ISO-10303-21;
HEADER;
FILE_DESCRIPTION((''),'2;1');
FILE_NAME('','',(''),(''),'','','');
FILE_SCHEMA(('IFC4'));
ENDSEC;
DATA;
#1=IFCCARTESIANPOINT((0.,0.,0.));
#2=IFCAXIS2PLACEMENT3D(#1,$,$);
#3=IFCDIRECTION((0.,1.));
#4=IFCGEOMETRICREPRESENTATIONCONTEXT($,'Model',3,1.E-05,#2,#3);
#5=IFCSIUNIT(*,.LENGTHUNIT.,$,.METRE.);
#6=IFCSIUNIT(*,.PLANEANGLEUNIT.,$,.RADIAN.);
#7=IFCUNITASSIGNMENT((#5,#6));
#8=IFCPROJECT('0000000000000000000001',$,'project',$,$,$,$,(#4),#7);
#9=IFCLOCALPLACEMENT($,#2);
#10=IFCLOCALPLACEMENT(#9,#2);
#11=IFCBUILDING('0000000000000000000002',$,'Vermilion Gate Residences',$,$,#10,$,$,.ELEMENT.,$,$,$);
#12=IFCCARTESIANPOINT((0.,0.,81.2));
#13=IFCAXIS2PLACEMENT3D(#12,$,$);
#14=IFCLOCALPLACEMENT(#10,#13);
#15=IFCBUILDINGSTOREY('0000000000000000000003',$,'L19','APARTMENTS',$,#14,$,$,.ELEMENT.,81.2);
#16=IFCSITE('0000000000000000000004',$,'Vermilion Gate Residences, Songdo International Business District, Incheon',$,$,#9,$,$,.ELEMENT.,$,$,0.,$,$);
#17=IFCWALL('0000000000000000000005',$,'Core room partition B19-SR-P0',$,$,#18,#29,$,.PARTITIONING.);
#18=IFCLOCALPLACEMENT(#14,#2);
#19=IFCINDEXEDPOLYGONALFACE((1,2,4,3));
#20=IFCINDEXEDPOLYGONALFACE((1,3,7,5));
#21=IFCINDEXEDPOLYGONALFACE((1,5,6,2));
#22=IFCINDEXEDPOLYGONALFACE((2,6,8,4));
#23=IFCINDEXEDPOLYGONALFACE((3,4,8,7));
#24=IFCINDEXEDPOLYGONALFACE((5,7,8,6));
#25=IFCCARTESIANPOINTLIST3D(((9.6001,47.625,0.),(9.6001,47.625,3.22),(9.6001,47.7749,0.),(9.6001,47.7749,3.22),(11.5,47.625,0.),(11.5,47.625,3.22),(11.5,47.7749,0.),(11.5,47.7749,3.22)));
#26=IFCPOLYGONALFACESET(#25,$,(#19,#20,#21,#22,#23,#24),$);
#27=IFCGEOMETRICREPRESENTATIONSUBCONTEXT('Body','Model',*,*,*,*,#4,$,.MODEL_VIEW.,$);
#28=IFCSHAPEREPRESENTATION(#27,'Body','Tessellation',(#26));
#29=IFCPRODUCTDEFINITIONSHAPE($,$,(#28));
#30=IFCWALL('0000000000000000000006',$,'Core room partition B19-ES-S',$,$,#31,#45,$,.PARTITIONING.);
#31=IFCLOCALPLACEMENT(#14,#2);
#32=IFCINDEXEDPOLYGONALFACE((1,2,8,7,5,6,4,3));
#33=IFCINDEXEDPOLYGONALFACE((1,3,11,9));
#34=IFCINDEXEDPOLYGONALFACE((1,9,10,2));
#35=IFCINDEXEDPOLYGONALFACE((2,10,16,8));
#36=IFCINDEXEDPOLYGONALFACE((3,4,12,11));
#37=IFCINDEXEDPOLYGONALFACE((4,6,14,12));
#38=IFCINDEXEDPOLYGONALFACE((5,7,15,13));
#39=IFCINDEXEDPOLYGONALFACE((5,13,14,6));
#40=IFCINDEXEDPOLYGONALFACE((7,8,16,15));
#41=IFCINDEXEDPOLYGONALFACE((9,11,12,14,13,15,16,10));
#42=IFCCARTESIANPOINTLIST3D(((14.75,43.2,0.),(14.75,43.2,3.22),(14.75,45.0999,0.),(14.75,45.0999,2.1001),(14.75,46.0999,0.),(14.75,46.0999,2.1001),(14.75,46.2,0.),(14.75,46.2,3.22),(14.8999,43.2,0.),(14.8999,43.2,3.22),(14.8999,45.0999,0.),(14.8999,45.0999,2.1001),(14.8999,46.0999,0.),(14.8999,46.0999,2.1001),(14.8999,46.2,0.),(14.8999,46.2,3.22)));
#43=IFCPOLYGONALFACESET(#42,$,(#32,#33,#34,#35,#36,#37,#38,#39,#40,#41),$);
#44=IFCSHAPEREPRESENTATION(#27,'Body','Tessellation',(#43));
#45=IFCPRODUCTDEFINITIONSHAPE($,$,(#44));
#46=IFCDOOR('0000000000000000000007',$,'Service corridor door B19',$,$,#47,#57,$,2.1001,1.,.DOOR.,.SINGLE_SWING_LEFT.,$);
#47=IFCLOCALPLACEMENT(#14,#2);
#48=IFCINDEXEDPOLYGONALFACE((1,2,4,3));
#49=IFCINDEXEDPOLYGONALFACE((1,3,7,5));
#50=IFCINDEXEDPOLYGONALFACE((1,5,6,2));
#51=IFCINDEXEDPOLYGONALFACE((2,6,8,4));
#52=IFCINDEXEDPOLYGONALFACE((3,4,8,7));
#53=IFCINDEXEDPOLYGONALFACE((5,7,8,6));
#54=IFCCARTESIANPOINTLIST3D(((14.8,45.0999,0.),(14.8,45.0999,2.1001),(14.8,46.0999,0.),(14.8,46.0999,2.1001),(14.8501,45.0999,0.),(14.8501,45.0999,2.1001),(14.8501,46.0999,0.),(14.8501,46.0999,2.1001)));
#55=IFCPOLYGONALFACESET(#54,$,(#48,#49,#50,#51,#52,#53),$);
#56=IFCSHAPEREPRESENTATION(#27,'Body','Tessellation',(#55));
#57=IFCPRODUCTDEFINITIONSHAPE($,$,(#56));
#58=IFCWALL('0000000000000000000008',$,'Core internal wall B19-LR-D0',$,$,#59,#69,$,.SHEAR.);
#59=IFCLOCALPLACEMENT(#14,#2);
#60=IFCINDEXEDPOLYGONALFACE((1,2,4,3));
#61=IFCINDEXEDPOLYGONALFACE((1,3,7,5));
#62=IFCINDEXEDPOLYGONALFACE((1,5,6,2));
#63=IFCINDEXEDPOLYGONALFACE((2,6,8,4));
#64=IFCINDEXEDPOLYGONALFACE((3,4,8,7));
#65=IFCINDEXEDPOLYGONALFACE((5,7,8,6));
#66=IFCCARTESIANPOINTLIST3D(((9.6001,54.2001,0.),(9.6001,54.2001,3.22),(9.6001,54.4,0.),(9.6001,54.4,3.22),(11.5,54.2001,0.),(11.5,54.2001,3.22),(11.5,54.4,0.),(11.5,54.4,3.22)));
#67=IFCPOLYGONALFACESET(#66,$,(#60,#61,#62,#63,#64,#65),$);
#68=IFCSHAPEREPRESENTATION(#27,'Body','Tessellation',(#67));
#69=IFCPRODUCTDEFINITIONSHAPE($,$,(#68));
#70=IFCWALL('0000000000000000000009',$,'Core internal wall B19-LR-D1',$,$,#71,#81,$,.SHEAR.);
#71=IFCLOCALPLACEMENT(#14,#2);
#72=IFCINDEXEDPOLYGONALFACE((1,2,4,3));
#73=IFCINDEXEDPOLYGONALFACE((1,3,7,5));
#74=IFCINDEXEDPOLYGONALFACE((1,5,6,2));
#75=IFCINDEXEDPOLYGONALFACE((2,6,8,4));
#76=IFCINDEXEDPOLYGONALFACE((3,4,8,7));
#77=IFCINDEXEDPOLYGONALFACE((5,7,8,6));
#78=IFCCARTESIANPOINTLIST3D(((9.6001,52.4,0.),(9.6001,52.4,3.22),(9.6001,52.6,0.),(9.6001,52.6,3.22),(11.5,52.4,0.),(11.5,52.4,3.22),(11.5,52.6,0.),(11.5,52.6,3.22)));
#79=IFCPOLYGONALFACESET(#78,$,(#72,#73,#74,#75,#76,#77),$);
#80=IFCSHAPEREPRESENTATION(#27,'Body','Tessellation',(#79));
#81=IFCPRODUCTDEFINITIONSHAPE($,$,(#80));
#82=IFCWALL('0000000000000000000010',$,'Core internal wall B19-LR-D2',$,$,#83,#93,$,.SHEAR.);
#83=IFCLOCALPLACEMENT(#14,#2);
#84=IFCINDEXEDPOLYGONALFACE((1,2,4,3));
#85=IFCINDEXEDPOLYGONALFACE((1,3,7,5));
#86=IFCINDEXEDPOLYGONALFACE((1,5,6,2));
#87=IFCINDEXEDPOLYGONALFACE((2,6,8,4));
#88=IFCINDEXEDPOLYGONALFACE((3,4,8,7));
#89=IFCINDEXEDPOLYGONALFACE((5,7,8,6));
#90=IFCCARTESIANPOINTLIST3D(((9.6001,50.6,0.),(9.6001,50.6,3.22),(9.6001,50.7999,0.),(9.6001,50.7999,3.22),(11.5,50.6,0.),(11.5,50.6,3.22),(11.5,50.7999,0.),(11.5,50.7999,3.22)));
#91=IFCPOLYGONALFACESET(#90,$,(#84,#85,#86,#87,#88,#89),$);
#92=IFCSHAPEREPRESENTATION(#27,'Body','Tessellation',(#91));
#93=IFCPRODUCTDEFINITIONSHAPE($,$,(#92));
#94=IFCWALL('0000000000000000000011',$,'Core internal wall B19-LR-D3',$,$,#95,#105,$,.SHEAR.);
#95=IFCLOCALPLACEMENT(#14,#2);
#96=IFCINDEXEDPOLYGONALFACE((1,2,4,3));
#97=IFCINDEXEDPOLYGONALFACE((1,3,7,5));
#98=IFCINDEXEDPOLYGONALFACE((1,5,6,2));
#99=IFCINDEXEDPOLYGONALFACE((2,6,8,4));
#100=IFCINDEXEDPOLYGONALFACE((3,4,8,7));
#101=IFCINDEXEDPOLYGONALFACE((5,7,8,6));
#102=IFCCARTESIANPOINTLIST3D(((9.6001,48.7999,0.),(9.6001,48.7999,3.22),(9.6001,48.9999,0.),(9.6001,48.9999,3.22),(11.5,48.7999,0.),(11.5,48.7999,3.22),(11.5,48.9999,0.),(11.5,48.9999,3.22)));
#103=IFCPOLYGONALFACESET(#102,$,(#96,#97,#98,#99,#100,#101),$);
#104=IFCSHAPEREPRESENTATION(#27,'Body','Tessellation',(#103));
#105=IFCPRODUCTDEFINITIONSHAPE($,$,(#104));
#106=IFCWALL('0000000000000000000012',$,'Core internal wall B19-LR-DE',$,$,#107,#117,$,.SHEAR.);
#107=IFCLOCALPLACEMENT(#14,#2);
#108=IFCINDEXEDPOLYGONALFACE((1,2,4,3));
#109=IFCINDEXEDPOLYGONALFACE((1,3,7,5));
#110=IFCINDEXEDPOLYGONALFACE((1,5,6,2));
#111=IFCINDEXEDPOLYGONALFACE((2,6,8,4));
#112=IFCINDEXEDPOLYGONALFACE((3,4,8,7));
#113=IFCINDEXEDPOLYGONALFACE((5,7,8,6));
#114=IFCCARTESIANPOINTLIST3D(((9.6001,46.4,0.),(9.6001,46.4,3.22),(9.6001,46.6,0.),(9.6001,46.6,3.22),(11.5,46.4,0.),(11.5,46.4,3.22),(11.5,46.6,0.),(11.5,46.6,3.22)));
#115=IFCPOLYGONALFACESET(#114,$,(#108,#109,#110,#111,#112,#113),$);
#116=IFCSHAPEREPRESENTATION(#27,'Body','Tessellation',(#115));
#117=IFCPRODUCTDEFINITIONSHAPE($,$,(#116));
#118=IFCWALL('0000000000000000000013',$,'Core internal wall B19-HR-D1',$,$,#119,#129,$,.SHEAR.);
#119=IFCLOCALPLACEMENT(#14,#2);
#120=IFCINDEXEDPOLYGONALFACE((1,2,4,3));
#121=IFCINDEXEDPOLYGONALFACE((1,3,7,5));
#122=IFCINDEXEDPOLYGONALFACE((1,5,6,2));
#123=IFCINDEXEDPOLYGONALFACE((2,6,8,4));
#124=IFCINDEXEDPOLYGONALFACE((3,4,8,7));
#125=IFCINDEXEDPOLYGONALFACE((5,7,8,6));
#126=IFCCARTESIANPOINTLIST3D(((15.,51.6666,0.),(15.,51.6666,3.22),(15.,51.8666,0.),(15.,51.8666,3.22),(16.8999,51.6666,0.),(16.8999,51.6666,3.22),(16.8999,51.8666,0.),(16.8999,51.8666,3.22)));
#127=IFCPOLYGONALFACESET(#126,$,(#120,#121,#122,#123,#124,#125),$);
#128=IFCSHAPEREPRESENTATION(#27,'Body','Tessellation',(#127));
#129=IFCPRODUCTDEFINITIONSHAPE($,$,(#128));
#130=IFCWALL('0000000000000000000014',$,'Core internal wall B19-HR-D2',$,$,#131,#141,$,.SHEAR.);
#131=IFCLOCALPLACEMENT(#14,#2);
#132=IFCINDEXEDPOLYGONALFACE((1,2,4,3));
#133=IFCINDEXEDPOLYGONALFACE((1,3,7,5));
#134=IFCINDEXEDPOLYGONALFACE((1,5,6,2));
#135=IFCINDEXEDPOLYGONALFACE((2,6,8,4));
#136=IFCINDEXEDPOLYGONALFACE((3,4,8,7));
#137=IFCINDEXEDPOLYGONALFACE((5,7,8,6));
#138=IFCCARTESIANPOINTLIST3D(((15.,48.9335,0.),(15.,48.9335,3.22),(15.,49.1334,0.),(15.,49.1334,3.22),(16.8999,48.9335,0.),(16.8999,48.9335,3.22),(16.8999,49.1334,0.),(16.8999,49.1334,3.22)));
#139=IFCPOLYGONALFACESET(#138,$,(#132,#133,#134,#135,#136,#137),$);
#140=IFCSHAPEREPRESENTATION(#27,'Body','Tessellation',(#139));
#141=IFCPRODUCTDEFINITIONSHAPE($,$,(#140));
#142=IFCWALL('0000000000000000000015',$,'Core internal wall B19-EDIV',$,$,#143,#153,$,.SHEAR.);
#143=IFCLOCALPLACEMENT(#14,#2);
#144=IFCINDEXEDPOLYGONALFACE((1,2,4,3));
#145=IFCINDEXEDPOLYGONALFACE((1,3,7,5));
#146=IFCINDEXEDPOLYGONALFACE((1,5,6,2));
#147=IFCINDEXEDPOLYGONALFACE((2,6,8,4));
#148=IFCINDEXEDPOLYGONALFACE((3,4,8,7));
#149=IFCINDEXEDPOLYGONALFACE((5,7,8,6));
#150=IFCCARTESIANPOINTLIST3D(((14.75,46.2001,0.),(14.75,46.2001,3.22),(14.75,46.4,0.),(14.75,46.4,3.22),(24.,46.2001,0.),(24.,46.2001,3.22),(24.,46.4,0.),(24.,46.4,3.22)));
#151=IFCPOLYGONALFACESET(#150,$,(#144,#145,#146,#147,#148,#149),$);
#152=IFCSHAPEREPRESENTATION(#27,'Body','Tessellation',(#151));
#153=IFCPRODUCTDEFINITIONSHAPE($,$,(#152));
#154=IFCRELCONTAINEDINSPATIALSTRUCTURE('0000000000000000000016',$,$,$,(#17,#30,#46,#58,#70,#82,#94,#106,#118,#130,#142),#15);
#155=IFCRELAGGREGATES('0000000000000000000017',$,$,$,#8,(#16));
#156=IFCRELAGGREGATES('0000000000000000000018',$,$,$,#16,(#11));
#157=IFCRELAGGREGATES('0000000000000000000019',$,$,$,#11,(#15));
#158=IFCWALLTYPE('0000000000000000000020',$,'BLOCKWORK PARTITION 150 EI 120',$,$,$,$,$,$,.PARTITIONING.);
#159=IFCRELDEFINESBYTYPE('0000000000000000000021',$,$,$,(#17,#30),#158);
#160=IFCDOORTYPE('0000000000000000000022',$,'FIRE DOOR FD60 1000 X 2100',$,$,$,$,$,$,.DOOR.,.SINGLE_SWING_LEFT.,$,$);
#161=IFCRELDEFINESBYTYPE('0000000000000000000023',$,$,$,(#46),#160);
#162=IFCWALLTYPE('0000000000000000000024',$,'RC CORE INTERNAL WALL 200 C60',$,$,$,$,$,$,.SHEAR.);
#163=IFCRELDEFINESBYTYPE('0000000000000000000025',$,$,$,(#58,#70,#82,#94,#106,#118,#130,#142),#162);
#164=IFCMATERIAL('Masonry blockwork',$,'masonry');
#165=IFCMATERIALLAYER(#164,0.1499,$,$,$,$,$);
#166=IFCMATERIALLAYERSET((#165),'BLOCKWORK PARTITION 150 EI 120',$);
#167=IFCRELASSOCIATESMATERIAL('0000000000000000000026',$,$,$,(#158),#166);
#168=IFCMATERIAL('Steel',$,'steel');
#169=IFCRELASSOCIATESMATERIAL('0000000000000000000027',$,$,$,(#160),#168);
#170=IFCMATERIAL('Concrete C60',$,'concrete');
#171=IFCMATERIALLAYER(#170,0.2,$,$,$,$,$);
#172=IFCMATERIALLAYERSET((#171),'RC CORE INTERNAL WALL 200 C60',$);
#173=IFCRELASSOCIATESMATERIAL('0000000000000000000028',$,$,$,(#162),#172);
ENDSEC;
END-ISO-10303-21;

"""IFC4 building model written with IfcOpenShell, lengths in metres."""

from ifc_helpers import new_model, si_unit, direction, frame, frame_2d, origin, place, context, subcontext, project, spatial, rectangle, extrude, material, layer, layer_set, type_object, element, fill, save


model = new_model("IFC4")

# Units and contexts
model_context = context("Model", 3, precision=1e-05, world=origin(), true_north=direction((0.0, 1.0)))
body_context = subcontext(model_context, "Body", "Model", "MODEL_VIEW")
ifc_project = project(units=[si_unit("LENGTHUNIT", "METRE"), si_unit("PLANEANGLEUNIT", "RADIAN")], contexts=[model_context])

# Site, building, storey
site_placement = place(None, origin())
site = spatial("IfcSite", under=ifc_project, at=site_placement, Name="Vermilion Gate Residences, Songdo International Business District, Incheon", CompositionType="ELEMENT", RefElevation=0.0)
building_placement = place(site_placement, origin())
building = spatial("IfcBuilding", under=site, at=building_placement, Name="Vermilion Gate Residences", CompositionType="ELEMENT")
storey_placement = place(building_placement, frame((0.0, 0.0, 81.2)))
storey = spatial("IfcBuildingStorey", under=building, at=storey_placement, Name="L19", Description="APARTMENTS", CompositionType="ELEMENT", Elevation=81.2)

# Wall
ifc_material_1 = material(Name="Masonry blockwork", Category="masonry")
ifc_layer_1 = layer(ifc_material_1, 0.1499)
ifc_layer_set_1 = layer_set([ifc_layer_1], Name="BLOCKWORK PARTITION 150 EI 120")
wall_type_1 = type_object("IfcWallType", Name="BLOCKWORK PARTITION 150 EI 120", PredefinedType="PARTITIONING", material=ifc_layer_set_1)
wall_1_placement = place(storey_placement, frame((9.6001, 47.7, 0.0), z_axis=(0.0, 0.0, 1.0), x_axis=(1.0, 0.0, 0.0)))
element("IfcWall", 1, at=wall_1_placement, inside=storey, type_object=wall_type_1, Name="Core room partition B19-SR-P0", PredefinedType="PARTITIONING", context=body_context, shape_type="SweptSolid", body=[
    extrude(rectangle(XDim=1.8999, YDim=0.1499, at=frame_2d((0.95, 0.0))), origin(), (0.0, 0.0, 1.0), 3.22),
])

# Wall, opening, door
wall_2_placement = place(storey_placement, frame((14.825, 46.2, 0.0), z_axis=(0.0, 0.0, 1.0), x_axis=(0.0, -1.0, 0.0)))
wall_2 = element("IfcWall", 2, at=wall_2_placement, inside=storey, type_object=wall_type_1, Name="Core room partition B19-ES-S", PredefinedType="PARTITIONING", context=body_context, shape_type="SweptSolid", body=[
    extrude(rectangle(XDim=3.0, YDim=0.1499, at=frame_2d((1.5, 0.0))), origin(), (0.0, 0.0, 1.0), 3.22),
])
opening_placement = place(wall_2_placement, frame((0.1001, 0.0, 0.0)))
opening = element("IfcOpeningElement", 3, at=opening_placement, cuts=wall_2, PredefinedType="OPENING", context=body_context, shape_type="SweptSolid", body=[
    extrude(rectangle(XDim=1.0, YDim=2.1001, at=frame_2d((0.5, 1.05))), frame((0.0, 0.085, 0.0), z_axis=(0.0, -1.0, 0.0), x_axis=(1.0, 0.0, 0.0)), (0.0, 0.0, 1.0), 0.1699),
])
ifc_material_2 = material(Name="Steel", Category="steel")
door_type = type_object("IfcDoorType", Name="FIRE DOOR FD60 1000 X 2100", OperationType="SINGLE_SWING_LEFT", PredefinedType="DOOR", material=ifc_material_2)
door_placement = place(opening_placement, frame((1.0, 0.0, 0.0), z_axis=(0.0, 0.0, 1.0), x_axis=(-1.0, 0.0, 0.0)))
door = element("IfcDoor", 4, at=door_placement, inside=storey, type_object=door_type, Name="Service corridor door B19", OperationType="SINGLE_SWING_LEFT", OverallHeight=2.1001, OverallWidth=1.0, PredefinedType="DOOR", context=body_context, shape_type="SweptSolid", body=[
    extrude(rectangle(XDim=1.0, YDim=2.1001, at=frame_2d((0.5, 1.05))), frame((0.0, 0.0249, 0.0), z_axis=(0.0, -1.0, 0.0), x_axis=(1.0, 0.0, 0.0)), (0.0, 0.0, 1.0), 0.05),
])
fill(opening, door)

# Walls
ifc_material_3 = material(Name="Concrete C60", Category="concrete")
ifc_layer_2 = layer(ifc_material_3, 0.2)
ifc_layer_set_2 = layer_set([ifc_layer_2], Name="RC CORE INTERNAL WALL 200 C60")
wall_type_2 = type_object("IfcWallType", Name="RC CORE INTERNAL WALL 200 C60", PredefinedType="SHEAR", material=ifc_layer_set_2)
for number, where, z_axis, x_axis, name in (
    (5, (9.6001, 54.3, 0.0), (0.0, 0.0, 1.0), (1.0, 0.0, 0.0), "Core internal wall B19-LR-D0"),
    (6, (9.6001, 52.5, 0.0), (0.0, 0.0, 1.0), (1.0, 0.0, 0.0), "Core internal wall B19-LR-D1"),
    (7, (9.6001, 50.7, 0.0), (0.0, 0.0, 1.0), (1.0, 0.0, 0.0), "Core internal wall B19-LR-D2"),
    (8, (9.6001, 48.8999, 0.0), (0.0, 0.0, 1.0), (1.0, 0.0, 0.0), "Core internal wall B19-LR-D3"),
    (9, (9.6001, 46.5, 0.0), (0.0, 0.0, 1.0), (1.0, 0.0, 0.0), "Core internal wall B19-LR-DE"),
    (10, (15.0, 51.7666, 0.0), (0.0, 0.0, 1.0), (1.0, 0.0, 0.0), "Core internal wall B19-HR-D1"),
    (11, (15.0, 49.0334, 0.0), (0.0, 0.0, 1.0), (1.0, 0.0, 0.0), "Core internal wall B19-HR-D2"),
):
    element("IfcWall", number, at=place(storey_placement, frame(where, z_axis=z_axis, x_axis=x_axis)), inside=storey, type_object=wall_type_2, Name=name, PredefinedType="SHEAR", context=body_context, shape_type="SweptSolid", body=[
        extrude(rectangle(XDim=1.8999, YDim=0.2, at=frame_2d((0.95, 0.0))), origin(), (0.0, 0.0, 1.0), 3.22),
    ])
wall_3_placement = place(storey_placement, frame((14.75, 46.3, 0.0), z_axis=(0.0, 0.0, 1.0), x_axis=(1.0, 0.0, 0.0)))
element("IfcWall", 12, at=wall_3_placement, inside=storey, type_object=wall_type_2, Name="Core internal wall B19-EDIV", PredefinedType="SHEAR", context=body_context, shape_type="SweptSolid", body=[
    extrude(rectangle(XDim=9.25, YDim=0.2, at=frame_2d((4.625, 0.0))), origin(), (0.0, 0.0, 1.0), 3.22),
])

save(model, "model.ifc")
